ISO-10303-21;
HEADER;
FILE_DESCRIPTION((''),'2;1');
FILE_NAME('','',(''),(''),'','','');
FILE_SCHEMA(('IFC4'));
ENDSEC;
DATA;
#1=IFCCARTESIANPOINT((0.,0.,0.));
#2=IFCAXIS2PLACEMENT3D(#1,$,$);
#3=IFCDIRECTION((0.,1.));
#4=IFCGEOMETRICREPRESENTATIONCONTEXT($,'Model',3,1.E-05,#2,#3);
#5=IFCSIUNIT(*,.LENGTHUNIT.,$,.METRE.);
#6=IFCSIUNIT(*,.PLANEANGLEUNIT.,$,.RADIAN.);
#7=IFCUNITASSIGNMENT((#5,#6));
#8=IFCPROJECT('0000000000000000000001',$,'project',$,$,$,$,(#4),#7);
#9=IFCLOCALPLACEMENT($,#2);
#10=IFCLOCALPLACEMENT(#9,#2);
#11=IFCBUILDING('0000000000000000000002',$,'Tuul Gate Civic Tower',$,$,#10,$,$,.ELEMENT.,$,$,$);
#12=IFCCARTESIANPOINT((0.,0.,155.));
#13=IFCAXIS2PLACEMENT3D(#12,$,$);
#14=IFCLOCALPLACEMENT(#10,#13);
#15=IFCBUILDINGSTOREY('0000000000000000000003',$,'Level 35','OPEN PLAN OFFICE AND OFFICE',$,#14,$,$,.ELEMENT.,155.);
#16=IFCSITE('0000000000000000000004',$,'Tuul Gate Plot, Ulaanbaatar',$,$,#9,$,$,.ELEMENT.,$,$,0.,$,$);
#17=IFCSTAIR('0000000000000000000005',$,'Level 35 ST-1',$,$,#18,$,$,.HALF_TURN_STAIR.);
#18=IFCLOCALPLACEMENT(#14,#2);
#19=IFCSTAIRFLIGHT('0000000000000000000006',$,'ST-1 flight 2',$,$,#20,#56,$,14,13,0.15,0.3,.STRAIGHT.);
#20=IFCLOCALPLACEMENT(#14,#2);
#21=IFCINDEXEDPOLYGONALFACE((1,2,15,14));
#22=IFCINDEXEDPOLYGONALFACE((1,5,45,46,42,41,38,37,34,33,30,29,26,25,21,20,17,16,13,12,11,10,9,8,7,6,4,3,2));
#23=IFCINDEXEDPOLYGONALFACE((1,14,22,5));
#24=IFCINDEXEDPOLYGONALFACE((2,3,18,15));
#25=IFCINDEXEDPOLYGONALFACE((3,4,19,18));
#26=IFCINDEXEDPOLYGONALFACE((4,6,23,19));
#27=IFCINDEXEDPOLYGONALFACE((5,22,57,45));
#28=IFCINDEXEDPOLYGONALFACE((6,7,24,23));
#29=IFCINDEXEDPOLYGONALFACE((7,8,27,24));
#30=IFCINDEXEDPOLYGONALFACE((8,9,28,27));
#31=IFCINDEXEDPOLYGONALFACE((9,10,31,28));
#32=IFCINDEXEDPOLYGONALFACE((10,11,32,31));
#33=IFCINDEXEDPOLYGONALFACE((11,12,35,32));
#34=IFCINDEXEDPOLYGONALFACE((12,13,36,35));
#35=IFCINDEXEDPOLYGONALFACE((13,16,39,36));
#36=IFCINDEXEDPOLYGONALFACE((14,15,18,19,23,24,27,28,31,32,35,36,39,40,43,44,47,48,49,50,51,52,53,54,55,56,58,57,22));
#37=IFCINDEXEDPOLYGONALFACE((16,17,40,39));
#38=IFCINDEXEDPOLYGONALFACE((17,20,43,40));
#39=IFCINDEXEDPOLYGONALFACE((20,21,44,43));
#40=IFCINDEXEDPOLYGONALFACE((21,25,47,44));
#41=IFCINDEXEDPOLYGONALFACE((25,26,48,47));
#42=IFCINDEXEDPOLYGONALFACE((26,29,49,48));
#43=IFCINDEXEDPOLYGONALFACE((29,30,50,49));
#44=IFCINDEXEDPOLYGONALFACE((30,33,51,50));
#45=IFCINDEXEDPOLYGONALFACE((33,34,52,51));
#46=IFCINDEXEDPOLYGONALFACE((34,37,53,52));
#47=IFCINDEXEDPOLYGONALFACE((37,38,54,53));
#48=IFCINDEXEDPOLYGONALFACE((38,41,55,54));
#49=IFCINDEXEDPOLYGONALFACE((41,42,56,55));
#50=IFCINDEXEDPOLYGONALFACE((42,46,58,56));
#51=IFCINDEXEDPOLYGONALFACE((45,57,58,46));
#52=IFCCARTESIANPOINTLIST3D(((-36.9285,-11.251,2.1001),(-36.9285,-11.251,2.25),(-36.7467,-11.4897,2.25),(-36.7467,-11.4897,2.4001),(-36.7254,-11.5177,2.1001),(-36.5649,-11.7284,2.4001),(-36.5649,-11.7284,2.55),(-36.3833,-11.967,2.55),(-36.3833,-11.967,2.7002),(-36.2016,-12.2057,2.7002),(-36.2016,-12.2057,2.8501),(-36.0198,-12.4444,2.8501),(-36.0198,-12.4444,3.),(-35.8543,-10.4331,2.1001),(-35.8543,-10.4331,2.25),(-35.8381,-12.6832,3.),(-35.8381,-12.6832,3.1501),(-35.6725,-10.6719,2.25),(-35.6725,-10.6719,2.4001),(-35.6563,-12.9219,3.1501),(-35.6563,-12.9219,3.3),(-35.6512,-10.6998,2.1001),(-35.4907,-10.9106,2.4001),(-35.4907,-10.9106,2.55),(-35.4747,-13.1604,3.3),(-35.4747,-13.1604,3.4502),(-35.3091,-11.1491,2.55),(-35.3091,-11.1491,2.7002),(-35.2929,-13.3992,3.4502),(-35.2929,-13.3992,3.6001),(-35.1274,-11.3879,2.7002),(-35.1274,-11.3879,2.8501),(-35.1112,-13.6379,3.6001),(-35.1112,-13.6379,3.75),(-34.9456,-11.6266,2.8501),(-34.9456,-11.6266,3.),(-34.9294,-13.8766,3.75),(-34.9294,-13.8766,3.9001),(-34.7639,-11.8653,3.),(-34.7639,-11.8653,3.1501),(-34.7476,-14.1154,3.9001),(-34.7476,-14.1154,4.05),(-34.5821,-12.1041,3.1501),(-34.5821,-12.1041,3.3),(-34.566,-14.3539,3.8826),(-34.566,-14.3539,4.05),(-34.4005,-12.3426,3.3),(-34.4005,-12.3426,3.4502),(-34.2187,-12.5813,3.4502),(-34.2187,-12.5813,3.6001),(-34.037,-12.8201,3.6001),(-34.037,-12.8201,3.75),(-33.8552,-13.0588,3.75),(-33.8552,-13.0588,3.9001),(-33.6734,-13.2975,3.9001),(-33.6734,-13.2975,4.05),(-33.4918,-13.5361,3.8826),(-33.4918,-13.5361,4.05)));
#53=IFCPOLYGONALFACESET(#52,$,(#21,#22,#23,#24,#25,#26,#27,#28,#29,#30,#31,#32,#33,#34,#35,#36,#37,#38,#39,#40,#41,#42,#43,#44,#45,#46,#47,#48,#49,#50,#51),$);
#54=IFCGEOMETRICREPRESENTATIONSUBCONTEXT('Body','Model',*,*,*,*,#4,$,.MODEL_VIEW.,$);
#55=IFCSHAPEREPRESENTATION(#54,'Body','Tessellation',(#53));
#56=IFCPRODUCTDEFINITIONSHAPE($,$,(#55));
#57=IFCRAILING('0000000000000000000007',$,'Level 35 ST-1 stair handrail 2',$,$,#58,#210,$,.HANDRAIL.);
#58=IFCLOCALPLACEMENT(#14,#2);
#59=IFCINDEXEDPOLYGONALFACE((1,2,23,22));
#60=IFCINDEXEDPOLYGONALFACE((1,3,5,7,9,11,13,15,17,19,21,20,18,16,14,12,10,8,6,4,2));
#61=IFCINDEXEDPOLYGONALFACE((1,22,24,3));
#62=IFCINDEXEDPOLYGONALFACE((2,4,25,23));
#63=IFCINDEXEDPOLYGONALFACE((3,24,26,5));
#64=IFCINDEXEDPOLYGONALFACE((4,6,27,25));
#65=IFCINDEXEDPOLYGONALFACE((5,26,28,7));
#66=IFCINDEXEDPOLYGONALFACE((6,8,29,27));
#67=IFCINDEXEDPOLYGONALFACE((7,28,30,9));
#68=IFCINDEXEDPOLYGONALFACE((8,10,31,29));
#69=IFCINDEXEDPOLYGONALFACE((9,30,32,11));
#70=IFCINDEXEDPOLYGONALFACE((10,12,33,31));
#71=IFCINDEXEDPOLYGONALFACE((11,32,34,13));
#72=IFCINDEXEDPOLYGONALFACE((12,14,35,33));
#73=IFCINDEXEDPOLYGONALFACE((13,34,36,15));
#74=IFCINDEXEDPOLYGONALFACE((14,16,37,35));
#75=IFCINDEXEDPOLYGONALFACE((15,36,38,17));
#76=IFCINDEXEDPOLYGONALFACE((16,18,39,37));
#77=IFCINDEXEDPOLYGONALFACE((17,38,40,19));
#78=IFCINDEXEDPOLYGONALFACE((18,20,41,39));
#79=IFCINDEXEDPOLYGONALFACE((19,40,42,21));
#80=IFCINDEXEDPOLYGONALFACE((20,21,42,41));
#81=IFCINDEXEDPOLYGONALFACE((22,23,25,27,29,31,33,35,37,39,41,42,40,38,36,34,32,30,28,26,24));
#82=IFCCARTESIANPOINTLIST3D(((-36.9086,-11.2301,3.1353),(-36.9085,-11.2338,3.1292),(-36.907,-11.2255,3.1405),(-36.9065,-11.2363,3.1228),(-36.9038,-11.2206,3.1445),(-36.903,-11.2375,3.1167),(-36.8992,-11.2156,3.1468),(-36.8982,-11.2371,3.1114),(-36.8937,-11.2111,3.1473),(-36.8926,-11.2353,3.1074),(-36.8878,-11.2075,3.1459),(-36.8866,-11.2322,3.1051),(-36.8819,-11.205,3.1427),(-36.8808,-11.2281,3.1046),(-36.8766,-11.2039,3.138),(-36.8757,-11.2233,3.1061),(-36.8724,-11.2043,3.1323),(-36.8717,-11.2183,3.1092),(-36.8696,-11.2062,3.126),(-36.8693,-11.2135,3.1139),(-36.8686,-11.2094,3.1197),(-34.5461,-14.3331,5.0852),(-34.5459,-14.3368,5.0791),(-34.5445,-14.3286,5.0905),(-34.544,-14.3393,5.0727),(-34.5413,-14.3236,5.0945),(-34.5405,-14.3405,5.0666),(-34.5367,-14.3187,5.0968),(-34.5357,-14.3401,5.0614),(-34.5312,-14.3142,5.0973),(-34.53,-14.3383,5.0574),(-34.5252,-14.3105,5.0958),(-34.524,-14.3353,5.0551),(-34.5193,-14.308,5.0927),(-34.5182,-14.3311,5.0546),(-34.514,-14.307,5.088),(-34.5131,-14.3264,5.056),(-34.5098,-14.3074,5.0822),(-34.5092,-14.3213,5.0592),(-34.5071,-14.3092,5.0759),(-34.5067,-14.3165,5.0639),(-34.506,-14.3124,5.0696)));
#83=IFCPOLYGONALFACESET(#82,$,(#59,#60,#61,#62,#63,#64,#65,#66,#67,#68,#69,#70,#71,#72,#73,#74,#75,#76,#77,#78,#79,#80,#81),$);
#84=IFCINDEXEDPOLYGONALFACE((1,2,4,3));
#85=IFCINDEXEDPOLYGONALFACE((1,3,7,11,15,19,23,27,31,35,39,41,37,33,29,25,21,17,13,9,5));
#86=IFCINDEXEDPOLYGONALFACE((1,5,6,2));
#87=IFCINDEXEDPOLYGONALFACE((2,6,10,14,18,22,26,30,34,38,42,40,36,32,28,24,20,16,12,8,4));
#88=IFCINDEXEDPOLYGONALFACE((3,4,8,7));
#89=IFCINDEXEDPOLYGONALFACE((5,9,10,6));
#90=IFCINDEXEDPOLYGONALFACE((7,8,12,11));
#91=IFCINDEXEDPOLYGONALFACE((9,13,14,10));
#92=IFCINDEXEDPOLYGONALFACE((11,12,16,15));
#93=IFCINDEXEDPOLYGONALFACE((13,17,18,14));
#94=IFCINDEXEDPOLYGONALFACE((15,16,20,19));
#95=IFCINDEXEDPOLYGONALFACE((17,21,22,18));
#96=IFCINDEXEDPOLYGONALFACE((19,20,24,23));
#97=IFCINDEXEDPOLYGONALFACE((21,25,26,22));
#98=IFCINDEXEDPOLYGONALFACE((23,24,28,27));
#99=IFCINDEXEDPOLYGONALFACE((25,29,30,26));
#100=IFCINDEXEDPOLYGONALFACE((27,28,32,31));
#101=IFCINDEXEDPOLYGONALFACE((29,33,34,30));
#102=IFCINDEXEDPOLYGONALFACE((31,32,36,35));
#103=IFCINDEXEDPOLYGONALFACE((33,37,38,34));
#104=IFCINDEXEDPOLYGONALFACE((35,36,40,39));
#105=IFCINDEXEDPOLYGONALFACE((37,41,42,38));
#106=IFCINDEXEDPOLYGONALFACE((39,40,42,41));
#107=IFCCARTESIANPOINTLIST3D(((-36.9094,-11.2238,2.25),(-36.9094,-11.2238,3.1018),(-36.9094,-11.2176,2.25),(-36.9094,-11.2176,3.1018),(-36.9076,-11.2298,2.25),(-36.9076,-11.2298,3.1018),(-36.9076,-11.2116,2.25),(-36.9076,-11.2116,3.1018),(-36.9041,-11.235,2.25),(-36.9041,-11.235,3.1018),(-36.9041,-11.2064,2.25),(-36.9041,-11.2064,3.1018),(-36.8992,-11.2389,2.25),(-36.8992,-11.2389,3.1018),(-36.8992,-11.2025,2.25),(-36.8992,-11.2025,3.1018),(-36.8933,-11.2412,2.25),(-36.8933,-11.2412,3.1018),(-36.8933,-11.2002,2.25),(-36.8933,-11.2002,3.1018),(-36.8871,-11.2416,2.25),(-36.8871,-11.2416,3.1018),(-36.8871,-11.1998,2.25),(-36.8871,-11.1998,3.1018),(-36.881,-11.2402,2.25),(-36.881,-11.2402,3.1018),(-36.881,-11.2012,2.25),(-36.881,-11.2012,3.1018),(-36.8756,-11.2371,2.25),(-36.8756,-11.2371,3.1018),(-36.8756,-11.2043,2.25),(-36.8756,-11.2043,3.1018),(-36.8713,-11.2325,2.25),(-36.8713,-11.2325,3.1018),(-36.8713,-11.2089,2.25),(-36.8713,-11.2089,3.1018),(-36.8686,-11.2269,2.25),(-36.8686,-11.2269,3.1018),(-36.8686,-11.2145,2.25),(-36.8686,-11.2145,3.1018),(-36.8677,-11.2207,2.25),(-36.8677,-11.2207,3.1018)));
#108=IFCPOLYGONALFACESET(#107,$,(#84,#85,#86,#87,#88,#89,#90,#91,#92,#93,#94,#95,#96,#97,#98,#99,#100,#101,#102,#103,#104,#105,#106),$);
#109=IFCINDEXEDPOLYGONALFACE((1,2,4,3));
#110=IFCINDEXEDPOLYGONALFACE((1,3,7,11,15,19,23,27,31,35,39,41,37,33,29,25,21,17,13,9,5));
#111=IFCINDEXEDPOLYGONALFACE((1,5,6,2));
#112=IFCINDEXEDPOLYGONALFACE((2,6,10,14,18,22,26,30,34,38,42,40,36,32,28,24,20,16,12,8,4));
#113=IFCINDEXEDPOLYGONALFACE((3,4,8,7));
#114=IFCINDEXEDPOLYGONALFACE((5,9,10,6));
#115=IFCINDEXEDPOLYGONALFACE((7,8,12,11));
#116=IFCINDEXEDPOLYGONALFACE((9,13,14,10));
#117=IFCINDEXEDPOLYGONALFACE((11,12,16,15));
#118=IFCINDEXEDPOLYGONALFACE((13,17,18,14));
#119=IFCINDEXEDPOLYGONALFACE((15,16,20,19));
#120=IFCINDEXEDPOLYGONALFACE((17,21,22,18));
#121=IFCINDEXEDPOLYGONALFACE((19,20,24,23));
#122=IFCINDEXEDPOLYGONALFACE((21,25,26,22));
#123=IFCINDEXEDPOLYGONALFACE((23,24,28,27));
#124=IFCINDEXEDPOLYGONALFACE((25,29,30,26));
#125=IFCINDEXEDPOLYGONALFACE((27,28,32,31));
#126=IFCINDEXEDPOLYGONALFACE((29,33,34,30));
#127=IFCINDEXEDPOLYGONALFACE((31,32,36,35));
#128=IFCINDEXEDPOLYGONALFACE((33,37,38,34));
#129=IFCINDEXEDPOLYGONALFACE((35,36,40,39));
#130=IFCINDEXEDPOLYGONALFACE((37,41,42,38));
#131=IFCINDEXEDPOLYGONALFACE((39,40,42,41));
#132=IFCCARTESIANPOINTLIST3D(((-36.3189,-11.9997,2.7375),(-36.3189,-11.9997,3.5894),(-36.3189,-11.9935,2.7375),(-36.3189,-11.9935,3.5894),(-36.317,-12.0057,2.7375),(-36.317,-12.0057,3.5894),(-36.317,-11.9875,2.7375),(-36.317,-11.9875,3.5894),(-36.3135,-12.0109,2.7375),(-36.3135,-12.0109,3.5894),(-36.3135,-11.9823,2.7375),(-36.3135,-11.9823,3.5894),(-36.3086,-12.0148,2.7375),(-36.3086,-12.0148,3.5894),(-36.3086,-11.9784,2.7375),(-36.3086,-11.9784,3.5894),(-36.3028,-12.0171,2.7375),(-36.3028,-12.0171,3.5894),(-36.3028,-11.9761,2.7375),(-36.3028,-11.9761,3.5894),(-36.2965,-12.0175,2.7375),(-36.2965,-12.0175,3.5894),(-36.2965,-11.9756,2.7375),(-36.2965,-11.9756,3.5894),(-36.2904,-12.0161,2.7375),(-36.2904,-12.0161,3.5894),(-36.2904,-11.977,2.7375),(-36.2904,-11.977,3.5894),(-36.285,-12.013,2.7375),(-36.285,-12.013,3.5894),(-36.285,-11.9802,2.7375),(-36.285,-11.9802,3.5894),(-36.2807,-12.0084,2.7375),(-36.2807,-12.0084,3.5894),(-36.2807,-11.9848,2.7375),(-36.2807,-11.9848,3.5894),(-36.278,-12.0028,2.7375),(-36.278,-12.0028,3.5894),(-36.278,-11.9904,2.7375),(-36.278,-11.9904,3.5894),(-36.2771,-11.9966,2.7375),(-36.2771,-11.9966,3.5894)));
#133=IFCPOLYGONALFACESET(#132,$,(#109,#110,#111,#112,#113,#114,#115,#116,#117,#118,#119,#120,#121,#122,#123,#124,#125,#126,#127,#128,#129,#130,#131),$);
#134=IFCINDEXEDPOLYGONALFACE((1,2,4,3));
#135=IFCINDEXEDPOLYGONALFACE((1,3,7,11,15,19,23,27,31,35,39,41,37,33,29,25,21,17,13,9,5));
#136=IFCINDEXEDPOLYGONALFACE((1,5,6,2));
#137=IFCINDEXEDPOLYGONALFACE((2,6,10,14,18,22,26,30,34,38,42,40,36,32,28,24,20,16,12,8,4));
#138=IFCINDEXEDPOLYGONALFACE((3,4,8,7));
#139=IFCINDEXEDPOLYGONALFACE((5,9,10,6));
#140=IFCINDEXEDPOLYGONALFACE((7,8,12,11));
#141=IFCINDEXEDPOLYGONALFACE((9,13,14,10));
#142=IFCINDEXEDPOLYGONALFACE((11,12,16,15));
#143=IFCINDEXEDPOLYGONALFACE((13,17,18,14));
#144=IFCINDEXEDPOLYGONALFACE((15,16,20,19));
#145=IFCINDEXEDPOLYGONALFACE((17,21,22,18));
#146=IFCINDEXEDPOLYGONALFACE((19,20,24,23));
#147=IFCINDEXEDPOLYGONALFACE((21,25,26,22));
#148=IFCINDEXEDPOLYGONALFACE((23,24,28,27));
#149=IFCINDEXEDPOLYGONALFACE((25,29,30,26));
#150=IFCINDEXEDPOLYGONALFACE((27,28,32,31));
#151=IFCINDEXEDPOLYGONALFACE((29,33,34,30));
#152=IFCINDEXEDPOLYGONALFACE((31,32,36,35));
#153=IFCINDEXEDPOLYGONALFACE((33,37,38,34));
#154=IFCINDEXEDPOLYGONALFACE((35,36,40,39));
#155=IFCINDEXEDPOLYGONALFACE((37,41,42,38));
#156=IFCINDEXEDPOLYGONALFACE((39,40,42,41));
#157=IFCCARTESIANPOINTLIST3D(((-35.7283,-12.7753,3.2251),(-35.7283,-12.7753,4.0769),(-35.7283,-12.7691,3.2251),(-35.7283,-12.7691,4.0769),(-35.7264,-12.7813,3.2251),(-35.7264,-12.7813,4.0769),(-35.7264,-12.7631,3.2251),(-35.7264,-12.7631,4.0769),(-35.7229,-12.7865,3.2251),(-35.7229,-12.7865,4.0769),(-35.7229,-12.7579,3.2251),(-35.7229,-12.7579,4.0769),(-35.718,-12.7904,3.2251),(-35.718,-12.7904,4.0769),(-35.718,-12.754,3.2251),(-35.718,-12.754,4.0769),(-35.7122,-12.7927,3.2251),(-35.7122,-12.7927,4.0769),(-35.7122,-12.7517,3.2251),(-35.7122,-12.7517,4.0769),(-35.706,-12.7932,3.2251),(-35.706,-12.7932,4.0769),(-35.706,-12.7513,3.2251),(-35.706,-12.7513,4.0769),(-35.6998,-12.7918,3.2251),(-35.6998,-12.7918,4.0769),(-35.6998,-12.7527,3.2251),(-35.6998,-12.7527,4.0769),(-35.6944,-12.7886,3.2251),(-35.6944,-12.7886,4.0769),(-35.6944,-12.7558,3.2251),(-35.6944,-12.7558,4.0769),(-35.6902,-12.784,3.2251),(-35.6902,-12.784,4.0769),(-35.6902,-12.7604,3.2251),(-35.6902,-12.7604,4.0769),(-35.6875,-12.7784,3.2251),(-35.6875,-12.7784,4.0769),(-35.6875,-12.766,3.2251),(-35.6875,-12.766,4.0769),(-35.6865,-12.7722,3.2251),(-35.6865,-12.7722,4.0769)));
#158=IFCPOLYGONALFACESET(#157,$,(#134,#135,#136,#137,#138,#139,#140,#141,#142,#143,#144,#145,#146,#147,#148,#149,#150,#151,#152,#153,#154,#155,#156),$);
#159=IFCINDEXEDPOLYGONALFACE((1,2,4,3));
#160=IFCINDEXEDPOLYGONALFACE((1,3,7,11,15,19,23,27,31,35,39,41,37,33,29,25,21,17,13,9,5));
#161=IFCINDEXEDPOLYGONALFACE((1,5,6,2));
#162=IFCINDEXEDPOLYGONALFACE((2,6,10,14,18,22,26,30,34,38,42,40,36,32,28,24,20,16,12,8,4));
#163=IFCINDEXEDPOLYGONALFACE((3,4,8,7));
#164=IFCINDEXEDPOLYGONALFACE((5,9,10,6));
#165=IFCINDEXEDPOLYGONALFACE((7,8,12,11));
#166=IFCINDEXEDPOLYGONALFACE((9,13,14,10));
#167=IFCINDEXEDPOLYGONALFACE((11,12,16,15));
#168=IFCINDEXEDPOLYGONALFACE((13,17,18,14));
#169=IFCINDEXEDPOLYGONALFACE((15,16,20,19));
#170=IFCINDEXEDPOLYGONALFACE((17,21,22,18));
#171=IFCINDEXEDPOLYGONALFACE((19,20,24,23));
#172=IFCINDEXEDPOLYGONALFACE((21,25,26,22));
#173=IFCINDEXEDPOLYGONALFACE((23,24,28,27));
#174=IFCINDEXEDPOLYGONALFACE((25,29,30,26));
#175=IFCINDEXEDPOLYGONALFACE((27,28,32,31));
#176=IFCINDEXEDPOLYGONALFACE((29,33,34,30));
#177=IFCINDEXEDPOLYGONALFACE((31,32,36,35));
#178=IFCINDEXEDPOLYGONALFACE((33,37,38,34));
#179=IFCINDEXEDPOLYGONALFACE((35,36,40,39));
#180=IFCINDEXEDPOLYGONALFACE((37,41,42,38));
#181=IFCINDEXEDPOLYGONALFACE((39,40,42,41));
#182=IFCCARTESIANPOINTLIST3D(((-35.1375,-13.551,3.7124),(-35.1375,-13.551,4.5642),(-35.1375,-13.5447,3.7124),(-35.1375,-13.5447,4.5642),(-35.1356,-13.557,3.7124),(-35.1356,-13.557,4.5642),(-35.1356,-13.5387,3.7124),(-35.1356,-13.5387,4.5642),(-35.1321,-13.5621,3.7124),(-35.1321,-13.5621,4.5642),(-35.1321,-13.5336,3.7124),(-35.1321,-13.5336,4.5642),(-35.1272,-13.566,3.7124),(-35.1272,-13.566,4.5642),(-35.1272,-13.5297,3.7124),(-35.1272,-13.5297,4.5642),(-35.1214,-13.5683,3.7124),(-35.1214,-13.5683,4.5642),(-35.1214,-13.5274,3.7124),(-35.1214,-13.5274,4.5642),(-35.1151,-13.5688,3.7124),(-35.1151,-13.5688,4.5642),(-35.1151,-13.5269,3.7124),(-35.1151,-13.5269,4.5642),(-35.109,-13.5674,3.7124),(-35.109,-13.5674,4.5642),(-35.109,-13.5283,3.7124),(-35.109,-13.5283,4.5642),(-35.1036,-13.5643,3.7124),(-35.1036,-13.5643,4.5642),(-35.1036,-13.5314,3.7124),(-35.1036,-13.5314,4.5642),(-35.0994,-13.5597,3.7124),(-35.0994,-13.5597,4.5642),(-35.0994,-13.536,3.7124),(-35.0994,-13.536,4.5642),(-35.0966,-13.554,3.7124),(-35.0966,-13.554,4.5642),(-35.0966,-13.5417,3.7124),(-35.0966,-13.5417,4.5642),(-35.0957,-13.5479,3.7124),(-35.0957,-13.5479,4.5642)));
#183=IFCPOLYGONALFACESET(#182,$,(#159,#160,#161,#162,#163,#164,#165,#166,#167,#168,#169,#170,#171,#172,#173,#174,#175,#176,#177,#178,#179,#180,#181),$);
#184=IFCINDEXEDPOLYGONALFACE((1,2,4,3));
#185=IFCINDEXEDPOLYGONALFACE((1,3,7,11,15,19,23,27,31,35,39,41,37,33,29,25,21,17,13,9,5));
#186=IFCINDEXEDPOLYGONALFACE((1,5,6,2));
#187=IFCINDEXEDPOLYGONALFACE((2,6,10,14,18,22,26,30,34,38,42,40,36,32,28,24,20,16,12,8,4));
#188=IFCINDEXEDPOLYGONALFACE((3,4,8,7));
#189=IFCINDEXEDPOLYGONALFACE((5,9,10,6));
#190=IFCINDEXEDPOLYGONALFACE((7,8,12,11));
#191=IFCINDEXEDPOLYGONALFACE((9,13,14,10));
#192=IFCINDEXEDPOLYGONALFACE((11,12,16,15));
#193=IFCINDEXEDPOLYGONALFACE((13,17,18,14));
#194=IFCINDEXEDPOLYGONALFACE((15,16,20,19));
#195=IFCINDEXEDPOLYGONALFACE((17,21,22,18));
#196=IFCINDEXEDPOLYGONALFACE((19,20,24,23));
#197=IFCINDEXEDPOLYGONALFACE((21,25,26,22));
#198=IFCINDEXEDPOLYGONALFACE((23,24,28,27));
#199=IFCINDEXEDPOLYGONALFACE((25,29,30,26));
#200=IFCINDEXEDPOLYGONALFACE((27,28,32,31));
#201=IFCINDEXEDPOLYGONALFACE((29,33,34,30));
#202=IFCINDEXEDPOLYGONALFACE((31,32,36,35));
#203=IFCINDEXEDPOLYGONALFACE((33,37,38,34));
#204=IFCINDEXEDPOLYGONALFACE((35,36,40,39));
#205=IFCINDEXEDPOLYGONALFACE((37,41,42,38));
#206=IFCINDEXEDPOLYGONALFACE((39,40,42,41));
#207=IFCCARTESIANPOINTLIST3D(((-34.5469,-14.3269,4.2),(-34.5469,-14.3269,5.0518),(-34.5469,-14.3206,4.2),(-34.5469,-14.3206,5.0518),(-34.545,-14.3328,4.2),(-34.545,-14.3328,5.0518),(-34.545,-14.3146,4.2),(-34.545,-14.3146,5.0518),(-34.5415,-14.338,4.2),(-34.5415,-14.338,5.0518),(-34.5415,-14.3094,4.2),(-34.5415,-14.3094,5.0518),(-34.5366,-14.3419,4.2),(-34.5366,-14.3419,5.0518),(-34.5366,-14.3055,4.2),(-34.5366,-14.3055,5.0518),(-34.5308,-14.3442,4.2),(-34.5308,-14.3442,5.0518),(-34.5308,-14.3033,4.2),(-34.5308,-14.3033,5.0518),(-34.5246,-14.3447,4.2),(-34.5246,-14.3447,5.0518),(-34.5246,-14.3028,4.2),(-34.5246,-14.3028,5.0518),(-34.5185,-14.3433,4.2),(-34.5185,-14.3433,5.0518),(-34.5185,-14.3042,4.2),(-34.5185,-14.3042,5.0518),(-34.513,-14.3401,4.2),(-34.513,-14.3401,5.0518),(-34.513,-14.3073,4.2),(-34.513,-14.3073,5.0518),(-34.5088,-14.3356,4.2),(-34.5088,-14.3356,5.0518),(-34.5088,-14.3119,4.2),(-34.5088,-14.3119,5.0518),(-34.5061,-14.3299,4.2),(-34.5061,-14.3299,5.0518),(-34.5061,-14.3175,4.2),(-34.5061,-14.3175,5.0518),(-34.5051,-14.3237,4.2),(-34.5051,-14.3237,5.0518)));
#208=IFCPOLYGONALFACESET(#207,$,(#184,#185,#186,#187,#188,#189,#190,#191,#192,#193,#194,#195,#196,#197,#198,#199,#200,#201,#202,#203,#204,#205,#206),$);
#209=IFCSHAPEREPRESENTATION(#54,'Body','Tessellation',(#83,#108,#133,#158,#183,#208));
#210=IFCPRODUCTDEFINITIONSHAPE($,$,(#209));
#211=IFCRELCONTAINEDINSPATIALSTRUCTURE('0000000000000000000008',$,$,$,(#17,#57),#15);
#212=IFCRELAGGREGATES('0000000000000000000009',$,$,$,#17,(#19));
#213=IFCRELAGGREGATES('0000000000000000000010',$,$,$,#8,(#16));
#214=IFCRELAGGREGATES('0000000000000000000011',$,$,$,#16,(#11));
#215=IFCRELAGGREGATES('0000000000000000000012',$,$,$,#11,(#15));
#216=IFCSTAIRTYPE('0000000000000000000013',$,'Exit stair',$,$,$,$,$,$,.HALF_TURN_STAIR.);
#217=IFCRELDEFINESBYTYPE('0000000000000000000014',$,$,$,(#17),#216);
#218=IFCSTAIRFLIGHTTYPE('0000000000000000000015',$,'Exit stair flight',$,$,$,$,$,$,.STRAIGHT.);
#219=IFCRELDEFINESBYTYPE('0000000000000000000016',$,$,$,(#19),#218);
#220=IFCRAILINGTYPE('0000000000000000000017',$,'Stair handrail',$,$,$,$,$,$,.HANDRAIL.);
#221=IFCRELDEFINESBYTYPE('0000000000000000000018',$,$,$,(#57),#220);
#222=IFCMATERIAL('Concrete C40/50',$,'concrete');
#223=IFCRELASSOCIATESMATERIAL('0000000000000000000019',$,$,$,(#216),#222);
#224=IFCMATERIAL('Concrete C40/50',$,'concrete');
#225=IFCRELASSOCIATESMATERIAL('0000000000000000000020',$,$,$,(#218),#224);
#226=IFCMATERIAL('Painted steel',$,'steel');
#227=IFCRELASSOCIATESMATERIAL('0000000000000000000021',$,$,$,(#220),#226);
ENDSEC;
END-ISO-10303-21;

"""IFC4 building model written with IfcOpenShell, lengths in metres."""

from ifc_helpers import new_model, si_unit, direction, frame, origin, origin_2d, place, context, subcontext, project, spatial, polyline, circle, outline, extrude, material, type_object, element, aggregate, save


model = new_model("IFC4")

# Units and contexts
model_context = context("Model", 3, precision=1e-05, world=origin(), true_north=direction((0.0, 1.0)))
body_context = subcontext(model_context, "Body", "Model", "MODEL_VIEW")
ifc_project = project(units=[si_unit("LENGTHUNIT", "METRE"), si_unit("PLANEANGLEUNIT", "RADIAN")], contexts=[model_context])

# Site, building, storey
site_placement = place(None, origin())
site = spatial("IfcSite", under=ifc_project, at=site_placement, Name="Tuul Gate Plot, Ulaanbaatar", CompositionType="ELEMENT", RefElevation=0.0)
building_placement = place(site_placement, origin())
building = spatial("IfcBuilding", under=site, at=building_placement, Name="Tuul Gate Civic Tower", CompositionType="ELEMENT")
storey_placement = place(building_placement, frame((0.0, 0.0, 155.0)))
storey = spatial("IfcBuildingStorey", under=building, at=storey_placement, Name="Level 35", Description="OPEN PLAN OFFICE AND OFFICE", CompositionType="ELEMENT", Elevation=155.0)

# Stair, stair flight
ifc_material_1 = material(Name="Concrete C40/50", Category="concrete")
stair_type = type_object("IfcStairType", Name="Exit stair", PredefinedType="HALF_TURN_STAIR", material=ifc_material_1)
stair_placement = place(storey_placement, origin())
stair = element("IfcStair", 1, at=stair_placement, inside=storey, type_object=stair_type, Name="Level 35 ST-1", PredefinedType="HALF_TURN_STAIR")
ifc_material_2 = material(Name="Concrete C40/50", Category="concrete")
stair_flight_type = type_object("IfcStairFlightType", Name="Exit stair flight", PredefinedType="STRAIGHT", material=ifc_material_2)
stair_flight_placement = place(storey_placement, frame((-36.3914, -10.842, 2.1001), z_axis=(0.0, 0.0, 1.0), x_axis=(0.605764, -0.795644, 0.0)))
stair_flight = element("IfcStairFlight", 2, at=stair_flight_placement, type_object=stair_flight_type, Name="ST-1 flight 2", NumberOfRisers=14, NumberOfTreads=13, PredefinedType="STRAIGHT", RiserHeight=0.15, TreadLength=0.3, context=body_context, shape_type="SweptSolid", body=[
    extrude(outline(polyline([(0.0, 0.0), (0.0, 0.1499), (0.3, 0.1499), (0.3, 0.3), (0.6001, 0.3), (0.6001, 0.45), (0.8999, 0.45), (0.8999, 0.6001), (1.2, 0.6001), (1.2, 0.75), (1.5, 0.75), (1.5, 0.8999), (1.8, 0.8999), (1.8, 1.05), (2.1001, 1.05), (2.1001, 1.2), (2.3999, 1.2), (2.3999, 1.3501), (2.7, 1.3501), (2.7, 1.5), (3.0, 1.5), (3.0, 1.6499), (3.3, 1.6499), (3.3, 1.8), (3.6001, 1.8), (3.6001, 1.95), (3.8999, 1.95), (3.8999, 2.1001), (3.8999, 1.7825), (0.3352, 0.0), (0.0, 0.0)])), frame((0.0, 0.675, 0.0), z_axis=(0.0, -1.0, 0.0), x_axis=(1.0, 0.0, 0.0)), (0.0, 0.0, 1.0), 1.3501),
])
aggregate(stair, [stair_flight])

# Railing
ifc_material_3 = material(Name="Painted steel", Category="steel")
railing_type = type_object("IfcRailingType", Name="Stair handrail", PredefinedType="HANDRAIL", material=ifc_material_3)
railing_placement = place(storey_placement, frame((-36.8887, -11.2207, 2.25)))
element("IfcRailing", 3, at=railing_placement, inside=storey, type_object=railing_type, Name="Level 35 ST-1 stair handrail 2", PredefinedType="HANDRAIL", context=body_context, shape_type="SweptSolid", body=[
    extrude(circle(Radius=0.0239, at=origin_2d()), frame((0.0, 0.0, 0.876), z_axis=(0.541824, -0.711645, 0.4472), x_axis=(0.795637, 0.605773, 0.0)), (0.0, 0.0, 1.0), 4.3604),
    extrude(circle(Radius=0.021, at=origin_2d()), origin(), (0.0, 0.0, 1.0), 0.8518),
    extrude(circle(Radius=0.021, at=origin_2d()), frame((0.5906, -0.7759, 0.4875)), (0.0, 0.0, 1.0), 0.8518),
    extrude(circle(Radius=0.021, at=origin_2d()), frame((1.1812, -1.5515, 0.9751)), (0.0, 0.0, 1.0), 0.8518),
    extrude(circle(Radius=0.021, at=origin_2d()), frame((1.772, -2.3271, 1.4624)), (0.0, 0.0, 1.0), 0.8518),
    extrude(circle(Radius=0.021, at=origin_2d()), frame((2.3625, -3.103, 1.95)), (0.0, 0.0, 1.0), 0.8518),
])

save(model, "model.ifc")
